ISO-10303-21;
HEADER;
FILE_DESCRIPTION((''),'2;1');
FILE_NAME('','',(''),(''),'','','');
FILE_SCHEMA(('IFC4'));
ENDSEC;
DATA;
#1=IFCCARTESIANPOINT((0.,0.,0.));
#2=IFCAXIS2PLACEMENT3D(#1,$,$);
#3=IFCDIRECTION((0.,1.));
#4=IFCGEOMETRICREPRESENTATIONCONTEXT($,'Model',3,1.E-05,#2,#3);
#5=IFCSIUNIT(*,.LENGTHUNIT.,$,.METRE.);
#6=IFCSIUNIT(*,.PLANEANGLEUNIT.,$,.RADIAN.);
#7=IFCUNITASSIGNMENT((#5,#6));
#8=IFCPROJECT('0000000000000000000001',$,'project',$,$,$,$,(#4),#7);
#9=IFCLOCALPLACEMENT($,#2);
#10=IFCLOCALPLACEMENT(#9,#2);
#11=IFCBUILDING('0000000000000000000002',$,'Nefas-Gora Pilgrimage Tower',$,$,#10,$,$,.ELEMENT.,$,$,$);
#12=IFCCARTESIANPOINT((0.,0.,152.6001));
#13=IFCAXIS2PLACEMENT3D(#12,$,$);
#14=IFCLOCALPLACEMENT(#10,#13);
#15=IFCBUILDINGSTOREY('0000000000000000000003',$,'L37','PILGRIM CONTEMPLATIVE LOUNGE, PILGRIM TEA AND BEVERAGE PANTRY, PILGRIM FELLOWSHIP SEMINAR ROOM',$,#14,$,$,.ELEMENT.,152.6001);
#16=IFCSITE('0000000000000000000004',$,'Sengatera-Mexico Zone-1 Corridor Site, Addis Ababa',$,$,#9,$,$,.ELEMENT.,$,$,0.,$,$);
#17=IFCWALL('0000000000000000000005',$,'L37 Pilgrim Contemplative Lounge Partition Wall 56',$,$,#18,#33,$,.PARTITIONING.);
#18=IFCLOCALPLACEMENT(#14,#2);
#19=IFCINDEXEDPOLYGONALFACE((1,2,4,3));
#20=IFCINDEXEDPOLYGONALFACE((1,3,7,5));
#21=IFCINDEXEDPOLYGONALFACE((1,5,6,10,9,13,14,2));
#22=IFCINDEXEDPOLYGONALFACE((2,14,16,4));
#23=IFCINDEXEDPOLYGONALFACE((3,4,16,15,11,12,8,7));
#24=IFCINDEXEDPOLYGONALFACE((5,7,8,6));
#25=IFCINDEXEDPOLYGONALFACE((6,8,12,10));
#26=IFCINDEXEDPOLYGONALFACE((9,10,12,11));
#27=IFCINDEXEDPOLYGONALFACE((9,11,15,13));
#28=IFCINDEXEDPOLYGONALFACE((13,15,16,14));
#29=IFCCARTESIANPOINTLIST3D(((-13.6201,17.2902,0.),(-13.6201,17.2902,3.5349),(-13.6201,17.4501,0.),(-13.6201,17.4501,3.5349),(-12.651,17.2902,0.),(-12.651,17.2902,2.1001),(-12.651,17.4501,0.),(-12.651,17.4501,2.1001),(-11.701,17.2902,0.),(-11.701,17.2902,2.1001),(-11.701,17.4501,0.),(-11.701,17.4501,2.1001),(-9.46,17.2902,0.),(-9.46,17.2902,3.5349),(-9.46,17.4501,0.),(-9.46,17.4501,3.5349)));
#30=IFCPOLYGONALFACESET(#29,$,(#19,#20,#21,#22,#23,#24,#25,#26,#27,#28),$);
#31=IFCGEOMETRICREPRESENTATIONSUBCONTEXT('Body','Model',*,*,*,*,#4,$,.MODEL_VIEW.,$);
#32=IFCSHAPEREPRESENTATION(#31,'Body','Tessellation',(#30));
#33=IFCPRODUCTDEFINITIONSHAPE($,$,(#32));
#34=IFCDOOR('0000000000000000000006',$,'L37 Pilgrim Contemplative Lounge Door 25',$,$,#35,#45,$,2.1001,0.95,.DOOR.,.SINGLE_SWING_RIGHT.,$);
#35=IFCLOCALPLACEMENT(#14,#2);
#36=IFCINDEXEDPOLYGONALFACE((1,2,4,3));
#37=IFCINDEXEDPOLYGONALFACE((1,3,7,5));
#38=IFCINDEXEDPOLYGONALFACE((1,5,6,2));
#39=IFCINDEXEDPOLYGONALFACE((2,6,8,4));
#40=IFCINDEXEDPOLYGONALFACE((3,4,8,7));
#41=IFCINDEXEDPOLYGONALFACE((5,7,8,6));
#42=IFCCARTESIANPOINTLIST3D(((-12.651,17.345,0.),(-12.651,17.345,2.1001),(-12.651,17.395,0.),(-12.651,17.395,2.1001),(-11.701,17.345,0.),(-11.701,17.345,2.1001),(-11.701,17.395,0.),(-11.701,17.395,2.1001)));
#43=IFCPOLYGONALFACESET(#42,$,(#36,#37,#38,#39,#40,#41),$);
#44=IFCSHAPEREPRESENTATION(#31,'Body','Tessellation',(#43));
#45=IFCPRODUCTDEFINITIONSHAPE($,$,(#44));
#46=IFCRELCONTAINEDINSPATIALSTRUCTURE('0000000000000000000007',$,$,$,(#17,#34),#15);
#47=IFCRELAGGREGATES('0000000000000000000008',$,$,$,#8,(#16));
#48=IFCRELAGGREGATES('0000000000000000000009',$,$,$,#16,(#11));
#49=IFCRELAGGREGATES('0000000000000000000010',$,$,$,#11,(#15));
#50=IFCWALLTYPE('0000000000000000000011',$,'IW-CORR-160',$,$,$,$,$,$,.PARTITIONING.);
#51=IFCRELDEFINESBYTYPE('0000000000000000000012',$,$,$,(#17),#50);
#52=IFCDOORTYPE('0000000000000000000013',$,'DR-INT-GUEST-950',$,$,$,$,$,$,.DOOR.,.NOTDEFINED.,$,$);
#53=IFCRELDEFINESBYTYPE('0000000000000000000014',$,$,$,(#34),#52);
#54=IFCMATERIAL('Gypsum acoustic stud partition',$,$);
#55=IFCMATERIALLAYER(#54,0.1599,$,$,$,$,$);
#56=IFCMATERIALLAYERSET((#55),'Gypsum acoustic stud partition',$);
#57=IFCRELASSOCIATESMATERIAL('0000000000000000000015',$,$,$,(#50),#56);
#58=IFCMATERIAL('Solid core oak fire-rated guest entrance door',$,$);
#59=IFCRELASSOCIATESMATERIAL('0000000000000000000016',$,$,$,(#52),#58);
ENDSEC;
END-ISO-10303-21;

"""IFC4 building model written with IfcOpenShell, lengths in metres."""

from ifc_helpers import new_model, si_unit, direction, frame, frame_2d, origin, place, context, subcontext, project, spatial, rectangle, extrude, source, transform, mapped, material, layer, layer_set, type_object, element, fill, save


model = new_model("IFC4")

# Units and contexts
model_context = context("Model", 3, precision=1e-05, world=origin(), true_north=direction((0.0, 1.0)))
body_context = subcontext(model_context, "Body", "Model", "MODEL_VIEW")
ifc_project = project(units=[si_unit("LENGTHUNIT", "METRE"), si_unit("PLANEANGLEUNIT", "RADIAN")], contexts=[model_context])

# Site, building, storey
site_placement = place(None, origin())
site = spatial("IfcSite", under=ifc_project, at=site_placement, Name="Sengatera-Mexico Zone-1 Corridor Site, Addis Ababa", CompositionType="ELEMENT", RefElevation=0.0)
building_placement = place(site_placement, origin())
building = spatial("IfcBuilding", under=site, at=building_placement, Name="Nefas-Gora Pilgrimage Tower", CompositionType="ELEMENT")
storey_placement = place(building_placement, frame((0.0, 0.0, 152.6001)))
storey = spatial("IfcBuildingStorey", under=building, at=storey_placement, Name="L37", Description="PILGRIM CONTEMPLATIVE LOUNGE, PILGRIM TEA AND BEVERAGE PANTRY, PILGRIM FELLOWSHIP SEMINAR ROOM", CompositionType="ELEMENT", Elevation=152.6001)

# Shared definitions
ifc_material_1 = material(Name="Gypsum acoustic stud partition")
ifc_layer_1 = layer(ifc_material_1, 0.1599)
ifc_layer_set_1 = layer_set([ifc_layer_1], Name="Gypsum acoustic stud partition")
wall_type_1 = type_object("IfcWallType", Name="IW-CORR-160", PredefinedType="PARTITIONING", material=ifc_layer_set_1)
ifc_material_2 = material(Name="Solid core oak fire-rated guest entrance door")
door_type = type_object("IfcDoorType", Name="DR-INT-GUEST-950", OperationType="NOTDEFINED", PredefinedType="DOOR", material=ifc_material_2)
shared_shape_1 = source(origin(), body_context, "Body", "SweptSolid", [
    extrude(rectangle(XDim=0.95, YDim=2.1001, at=frame_2d((0.4751, 1.05))), frame((0.0, 0.0249, 0.0), z_axis=(0.0, -1.0, 0.0), x_axis=(1.0, 0.0, 0.0)), (0.0, 0.0, 1.0), 0.05),
])

# Wall, opening, door
shared_shape_2 = source(origin(), body_context, "Body", "SweptSolid", [
    extrude(rectangle(XDim=4.1602, YDim=0.1599, at=frame_2d((2.0801, 0.0))), origin(), (0.0, 0.0, 1.0), 3.5349),
])
wall_1_placement = place(storey_placement, frame((-13.6201, 17.3701, 0.0), z_axis=(0.0, 0.0, 1.0), x_axis=(1.0, 0.0, 0.0)))
wall_1 = element("IfcWall", 1, at=wall_1_placement, inside=storey, type_object=wall_type_1, Name="L37 Pilgrim Contemplative Lounge Partition Wall 56", PredefinedType="PARTITIONING", context=body_context, shape_type="MappedRepresentation", body=[
    mapped(shared_shape_2, transform((0.0, 0.0, 0.0), x_axis=(1.0, 0.0, 0.0), y_axis=(0.0, 1.0, 0.0), z_axis=(0.0, 0.0, 1.0), scale=1.0)),
])
opening_1_placement = place(wall_1_placement, frame((0.969, 0.0, 0.0)))
opening_1 = element("IfcOpeningElement", 2, at=opening_1_placement, cuts=wall_1, PredefinedType="OPENING", context=body_context, shape_type="SweptSolid", body=[
    extrude(rectangle(XDim=0.95, YDim=2.1001, at=frame_2d((0.4751, 1.05))), frame((0.0, 0.0898, 0.0), z_axis=(0.0, -1.0, 0.0), x_axis=(1.0, 0.0, 0.0)), (0.0, 0.0, 1.0), 0.1799),
])
door_1_placement = place(opening_1_placement, origin())
door_1 = element("IfcDoor", 3, at=door_1_placement, inside=storey, type_object=door_type, Name="L37 Pilgrim Contemplative Lounge Door 25", OperationType="SINGLE_SWING_RIGHT", OverallHeight=2.1001, OverallWidth=0.95, PredefinedType="DOOR", context=body_context, shape_type="MappedRepresentation", body=[
    mapped(shared_shape_1, transform((0.0, 0.0, 0.0), x_axis=(1.0, 0.0, 0.0), y_axis=(0.0, 1.0, 0.0), z_axis=(0.0, 0.0, 1.0), scale=1.0)),
])
fill(opening_1, door_1)

save(model, "model.ifc")
